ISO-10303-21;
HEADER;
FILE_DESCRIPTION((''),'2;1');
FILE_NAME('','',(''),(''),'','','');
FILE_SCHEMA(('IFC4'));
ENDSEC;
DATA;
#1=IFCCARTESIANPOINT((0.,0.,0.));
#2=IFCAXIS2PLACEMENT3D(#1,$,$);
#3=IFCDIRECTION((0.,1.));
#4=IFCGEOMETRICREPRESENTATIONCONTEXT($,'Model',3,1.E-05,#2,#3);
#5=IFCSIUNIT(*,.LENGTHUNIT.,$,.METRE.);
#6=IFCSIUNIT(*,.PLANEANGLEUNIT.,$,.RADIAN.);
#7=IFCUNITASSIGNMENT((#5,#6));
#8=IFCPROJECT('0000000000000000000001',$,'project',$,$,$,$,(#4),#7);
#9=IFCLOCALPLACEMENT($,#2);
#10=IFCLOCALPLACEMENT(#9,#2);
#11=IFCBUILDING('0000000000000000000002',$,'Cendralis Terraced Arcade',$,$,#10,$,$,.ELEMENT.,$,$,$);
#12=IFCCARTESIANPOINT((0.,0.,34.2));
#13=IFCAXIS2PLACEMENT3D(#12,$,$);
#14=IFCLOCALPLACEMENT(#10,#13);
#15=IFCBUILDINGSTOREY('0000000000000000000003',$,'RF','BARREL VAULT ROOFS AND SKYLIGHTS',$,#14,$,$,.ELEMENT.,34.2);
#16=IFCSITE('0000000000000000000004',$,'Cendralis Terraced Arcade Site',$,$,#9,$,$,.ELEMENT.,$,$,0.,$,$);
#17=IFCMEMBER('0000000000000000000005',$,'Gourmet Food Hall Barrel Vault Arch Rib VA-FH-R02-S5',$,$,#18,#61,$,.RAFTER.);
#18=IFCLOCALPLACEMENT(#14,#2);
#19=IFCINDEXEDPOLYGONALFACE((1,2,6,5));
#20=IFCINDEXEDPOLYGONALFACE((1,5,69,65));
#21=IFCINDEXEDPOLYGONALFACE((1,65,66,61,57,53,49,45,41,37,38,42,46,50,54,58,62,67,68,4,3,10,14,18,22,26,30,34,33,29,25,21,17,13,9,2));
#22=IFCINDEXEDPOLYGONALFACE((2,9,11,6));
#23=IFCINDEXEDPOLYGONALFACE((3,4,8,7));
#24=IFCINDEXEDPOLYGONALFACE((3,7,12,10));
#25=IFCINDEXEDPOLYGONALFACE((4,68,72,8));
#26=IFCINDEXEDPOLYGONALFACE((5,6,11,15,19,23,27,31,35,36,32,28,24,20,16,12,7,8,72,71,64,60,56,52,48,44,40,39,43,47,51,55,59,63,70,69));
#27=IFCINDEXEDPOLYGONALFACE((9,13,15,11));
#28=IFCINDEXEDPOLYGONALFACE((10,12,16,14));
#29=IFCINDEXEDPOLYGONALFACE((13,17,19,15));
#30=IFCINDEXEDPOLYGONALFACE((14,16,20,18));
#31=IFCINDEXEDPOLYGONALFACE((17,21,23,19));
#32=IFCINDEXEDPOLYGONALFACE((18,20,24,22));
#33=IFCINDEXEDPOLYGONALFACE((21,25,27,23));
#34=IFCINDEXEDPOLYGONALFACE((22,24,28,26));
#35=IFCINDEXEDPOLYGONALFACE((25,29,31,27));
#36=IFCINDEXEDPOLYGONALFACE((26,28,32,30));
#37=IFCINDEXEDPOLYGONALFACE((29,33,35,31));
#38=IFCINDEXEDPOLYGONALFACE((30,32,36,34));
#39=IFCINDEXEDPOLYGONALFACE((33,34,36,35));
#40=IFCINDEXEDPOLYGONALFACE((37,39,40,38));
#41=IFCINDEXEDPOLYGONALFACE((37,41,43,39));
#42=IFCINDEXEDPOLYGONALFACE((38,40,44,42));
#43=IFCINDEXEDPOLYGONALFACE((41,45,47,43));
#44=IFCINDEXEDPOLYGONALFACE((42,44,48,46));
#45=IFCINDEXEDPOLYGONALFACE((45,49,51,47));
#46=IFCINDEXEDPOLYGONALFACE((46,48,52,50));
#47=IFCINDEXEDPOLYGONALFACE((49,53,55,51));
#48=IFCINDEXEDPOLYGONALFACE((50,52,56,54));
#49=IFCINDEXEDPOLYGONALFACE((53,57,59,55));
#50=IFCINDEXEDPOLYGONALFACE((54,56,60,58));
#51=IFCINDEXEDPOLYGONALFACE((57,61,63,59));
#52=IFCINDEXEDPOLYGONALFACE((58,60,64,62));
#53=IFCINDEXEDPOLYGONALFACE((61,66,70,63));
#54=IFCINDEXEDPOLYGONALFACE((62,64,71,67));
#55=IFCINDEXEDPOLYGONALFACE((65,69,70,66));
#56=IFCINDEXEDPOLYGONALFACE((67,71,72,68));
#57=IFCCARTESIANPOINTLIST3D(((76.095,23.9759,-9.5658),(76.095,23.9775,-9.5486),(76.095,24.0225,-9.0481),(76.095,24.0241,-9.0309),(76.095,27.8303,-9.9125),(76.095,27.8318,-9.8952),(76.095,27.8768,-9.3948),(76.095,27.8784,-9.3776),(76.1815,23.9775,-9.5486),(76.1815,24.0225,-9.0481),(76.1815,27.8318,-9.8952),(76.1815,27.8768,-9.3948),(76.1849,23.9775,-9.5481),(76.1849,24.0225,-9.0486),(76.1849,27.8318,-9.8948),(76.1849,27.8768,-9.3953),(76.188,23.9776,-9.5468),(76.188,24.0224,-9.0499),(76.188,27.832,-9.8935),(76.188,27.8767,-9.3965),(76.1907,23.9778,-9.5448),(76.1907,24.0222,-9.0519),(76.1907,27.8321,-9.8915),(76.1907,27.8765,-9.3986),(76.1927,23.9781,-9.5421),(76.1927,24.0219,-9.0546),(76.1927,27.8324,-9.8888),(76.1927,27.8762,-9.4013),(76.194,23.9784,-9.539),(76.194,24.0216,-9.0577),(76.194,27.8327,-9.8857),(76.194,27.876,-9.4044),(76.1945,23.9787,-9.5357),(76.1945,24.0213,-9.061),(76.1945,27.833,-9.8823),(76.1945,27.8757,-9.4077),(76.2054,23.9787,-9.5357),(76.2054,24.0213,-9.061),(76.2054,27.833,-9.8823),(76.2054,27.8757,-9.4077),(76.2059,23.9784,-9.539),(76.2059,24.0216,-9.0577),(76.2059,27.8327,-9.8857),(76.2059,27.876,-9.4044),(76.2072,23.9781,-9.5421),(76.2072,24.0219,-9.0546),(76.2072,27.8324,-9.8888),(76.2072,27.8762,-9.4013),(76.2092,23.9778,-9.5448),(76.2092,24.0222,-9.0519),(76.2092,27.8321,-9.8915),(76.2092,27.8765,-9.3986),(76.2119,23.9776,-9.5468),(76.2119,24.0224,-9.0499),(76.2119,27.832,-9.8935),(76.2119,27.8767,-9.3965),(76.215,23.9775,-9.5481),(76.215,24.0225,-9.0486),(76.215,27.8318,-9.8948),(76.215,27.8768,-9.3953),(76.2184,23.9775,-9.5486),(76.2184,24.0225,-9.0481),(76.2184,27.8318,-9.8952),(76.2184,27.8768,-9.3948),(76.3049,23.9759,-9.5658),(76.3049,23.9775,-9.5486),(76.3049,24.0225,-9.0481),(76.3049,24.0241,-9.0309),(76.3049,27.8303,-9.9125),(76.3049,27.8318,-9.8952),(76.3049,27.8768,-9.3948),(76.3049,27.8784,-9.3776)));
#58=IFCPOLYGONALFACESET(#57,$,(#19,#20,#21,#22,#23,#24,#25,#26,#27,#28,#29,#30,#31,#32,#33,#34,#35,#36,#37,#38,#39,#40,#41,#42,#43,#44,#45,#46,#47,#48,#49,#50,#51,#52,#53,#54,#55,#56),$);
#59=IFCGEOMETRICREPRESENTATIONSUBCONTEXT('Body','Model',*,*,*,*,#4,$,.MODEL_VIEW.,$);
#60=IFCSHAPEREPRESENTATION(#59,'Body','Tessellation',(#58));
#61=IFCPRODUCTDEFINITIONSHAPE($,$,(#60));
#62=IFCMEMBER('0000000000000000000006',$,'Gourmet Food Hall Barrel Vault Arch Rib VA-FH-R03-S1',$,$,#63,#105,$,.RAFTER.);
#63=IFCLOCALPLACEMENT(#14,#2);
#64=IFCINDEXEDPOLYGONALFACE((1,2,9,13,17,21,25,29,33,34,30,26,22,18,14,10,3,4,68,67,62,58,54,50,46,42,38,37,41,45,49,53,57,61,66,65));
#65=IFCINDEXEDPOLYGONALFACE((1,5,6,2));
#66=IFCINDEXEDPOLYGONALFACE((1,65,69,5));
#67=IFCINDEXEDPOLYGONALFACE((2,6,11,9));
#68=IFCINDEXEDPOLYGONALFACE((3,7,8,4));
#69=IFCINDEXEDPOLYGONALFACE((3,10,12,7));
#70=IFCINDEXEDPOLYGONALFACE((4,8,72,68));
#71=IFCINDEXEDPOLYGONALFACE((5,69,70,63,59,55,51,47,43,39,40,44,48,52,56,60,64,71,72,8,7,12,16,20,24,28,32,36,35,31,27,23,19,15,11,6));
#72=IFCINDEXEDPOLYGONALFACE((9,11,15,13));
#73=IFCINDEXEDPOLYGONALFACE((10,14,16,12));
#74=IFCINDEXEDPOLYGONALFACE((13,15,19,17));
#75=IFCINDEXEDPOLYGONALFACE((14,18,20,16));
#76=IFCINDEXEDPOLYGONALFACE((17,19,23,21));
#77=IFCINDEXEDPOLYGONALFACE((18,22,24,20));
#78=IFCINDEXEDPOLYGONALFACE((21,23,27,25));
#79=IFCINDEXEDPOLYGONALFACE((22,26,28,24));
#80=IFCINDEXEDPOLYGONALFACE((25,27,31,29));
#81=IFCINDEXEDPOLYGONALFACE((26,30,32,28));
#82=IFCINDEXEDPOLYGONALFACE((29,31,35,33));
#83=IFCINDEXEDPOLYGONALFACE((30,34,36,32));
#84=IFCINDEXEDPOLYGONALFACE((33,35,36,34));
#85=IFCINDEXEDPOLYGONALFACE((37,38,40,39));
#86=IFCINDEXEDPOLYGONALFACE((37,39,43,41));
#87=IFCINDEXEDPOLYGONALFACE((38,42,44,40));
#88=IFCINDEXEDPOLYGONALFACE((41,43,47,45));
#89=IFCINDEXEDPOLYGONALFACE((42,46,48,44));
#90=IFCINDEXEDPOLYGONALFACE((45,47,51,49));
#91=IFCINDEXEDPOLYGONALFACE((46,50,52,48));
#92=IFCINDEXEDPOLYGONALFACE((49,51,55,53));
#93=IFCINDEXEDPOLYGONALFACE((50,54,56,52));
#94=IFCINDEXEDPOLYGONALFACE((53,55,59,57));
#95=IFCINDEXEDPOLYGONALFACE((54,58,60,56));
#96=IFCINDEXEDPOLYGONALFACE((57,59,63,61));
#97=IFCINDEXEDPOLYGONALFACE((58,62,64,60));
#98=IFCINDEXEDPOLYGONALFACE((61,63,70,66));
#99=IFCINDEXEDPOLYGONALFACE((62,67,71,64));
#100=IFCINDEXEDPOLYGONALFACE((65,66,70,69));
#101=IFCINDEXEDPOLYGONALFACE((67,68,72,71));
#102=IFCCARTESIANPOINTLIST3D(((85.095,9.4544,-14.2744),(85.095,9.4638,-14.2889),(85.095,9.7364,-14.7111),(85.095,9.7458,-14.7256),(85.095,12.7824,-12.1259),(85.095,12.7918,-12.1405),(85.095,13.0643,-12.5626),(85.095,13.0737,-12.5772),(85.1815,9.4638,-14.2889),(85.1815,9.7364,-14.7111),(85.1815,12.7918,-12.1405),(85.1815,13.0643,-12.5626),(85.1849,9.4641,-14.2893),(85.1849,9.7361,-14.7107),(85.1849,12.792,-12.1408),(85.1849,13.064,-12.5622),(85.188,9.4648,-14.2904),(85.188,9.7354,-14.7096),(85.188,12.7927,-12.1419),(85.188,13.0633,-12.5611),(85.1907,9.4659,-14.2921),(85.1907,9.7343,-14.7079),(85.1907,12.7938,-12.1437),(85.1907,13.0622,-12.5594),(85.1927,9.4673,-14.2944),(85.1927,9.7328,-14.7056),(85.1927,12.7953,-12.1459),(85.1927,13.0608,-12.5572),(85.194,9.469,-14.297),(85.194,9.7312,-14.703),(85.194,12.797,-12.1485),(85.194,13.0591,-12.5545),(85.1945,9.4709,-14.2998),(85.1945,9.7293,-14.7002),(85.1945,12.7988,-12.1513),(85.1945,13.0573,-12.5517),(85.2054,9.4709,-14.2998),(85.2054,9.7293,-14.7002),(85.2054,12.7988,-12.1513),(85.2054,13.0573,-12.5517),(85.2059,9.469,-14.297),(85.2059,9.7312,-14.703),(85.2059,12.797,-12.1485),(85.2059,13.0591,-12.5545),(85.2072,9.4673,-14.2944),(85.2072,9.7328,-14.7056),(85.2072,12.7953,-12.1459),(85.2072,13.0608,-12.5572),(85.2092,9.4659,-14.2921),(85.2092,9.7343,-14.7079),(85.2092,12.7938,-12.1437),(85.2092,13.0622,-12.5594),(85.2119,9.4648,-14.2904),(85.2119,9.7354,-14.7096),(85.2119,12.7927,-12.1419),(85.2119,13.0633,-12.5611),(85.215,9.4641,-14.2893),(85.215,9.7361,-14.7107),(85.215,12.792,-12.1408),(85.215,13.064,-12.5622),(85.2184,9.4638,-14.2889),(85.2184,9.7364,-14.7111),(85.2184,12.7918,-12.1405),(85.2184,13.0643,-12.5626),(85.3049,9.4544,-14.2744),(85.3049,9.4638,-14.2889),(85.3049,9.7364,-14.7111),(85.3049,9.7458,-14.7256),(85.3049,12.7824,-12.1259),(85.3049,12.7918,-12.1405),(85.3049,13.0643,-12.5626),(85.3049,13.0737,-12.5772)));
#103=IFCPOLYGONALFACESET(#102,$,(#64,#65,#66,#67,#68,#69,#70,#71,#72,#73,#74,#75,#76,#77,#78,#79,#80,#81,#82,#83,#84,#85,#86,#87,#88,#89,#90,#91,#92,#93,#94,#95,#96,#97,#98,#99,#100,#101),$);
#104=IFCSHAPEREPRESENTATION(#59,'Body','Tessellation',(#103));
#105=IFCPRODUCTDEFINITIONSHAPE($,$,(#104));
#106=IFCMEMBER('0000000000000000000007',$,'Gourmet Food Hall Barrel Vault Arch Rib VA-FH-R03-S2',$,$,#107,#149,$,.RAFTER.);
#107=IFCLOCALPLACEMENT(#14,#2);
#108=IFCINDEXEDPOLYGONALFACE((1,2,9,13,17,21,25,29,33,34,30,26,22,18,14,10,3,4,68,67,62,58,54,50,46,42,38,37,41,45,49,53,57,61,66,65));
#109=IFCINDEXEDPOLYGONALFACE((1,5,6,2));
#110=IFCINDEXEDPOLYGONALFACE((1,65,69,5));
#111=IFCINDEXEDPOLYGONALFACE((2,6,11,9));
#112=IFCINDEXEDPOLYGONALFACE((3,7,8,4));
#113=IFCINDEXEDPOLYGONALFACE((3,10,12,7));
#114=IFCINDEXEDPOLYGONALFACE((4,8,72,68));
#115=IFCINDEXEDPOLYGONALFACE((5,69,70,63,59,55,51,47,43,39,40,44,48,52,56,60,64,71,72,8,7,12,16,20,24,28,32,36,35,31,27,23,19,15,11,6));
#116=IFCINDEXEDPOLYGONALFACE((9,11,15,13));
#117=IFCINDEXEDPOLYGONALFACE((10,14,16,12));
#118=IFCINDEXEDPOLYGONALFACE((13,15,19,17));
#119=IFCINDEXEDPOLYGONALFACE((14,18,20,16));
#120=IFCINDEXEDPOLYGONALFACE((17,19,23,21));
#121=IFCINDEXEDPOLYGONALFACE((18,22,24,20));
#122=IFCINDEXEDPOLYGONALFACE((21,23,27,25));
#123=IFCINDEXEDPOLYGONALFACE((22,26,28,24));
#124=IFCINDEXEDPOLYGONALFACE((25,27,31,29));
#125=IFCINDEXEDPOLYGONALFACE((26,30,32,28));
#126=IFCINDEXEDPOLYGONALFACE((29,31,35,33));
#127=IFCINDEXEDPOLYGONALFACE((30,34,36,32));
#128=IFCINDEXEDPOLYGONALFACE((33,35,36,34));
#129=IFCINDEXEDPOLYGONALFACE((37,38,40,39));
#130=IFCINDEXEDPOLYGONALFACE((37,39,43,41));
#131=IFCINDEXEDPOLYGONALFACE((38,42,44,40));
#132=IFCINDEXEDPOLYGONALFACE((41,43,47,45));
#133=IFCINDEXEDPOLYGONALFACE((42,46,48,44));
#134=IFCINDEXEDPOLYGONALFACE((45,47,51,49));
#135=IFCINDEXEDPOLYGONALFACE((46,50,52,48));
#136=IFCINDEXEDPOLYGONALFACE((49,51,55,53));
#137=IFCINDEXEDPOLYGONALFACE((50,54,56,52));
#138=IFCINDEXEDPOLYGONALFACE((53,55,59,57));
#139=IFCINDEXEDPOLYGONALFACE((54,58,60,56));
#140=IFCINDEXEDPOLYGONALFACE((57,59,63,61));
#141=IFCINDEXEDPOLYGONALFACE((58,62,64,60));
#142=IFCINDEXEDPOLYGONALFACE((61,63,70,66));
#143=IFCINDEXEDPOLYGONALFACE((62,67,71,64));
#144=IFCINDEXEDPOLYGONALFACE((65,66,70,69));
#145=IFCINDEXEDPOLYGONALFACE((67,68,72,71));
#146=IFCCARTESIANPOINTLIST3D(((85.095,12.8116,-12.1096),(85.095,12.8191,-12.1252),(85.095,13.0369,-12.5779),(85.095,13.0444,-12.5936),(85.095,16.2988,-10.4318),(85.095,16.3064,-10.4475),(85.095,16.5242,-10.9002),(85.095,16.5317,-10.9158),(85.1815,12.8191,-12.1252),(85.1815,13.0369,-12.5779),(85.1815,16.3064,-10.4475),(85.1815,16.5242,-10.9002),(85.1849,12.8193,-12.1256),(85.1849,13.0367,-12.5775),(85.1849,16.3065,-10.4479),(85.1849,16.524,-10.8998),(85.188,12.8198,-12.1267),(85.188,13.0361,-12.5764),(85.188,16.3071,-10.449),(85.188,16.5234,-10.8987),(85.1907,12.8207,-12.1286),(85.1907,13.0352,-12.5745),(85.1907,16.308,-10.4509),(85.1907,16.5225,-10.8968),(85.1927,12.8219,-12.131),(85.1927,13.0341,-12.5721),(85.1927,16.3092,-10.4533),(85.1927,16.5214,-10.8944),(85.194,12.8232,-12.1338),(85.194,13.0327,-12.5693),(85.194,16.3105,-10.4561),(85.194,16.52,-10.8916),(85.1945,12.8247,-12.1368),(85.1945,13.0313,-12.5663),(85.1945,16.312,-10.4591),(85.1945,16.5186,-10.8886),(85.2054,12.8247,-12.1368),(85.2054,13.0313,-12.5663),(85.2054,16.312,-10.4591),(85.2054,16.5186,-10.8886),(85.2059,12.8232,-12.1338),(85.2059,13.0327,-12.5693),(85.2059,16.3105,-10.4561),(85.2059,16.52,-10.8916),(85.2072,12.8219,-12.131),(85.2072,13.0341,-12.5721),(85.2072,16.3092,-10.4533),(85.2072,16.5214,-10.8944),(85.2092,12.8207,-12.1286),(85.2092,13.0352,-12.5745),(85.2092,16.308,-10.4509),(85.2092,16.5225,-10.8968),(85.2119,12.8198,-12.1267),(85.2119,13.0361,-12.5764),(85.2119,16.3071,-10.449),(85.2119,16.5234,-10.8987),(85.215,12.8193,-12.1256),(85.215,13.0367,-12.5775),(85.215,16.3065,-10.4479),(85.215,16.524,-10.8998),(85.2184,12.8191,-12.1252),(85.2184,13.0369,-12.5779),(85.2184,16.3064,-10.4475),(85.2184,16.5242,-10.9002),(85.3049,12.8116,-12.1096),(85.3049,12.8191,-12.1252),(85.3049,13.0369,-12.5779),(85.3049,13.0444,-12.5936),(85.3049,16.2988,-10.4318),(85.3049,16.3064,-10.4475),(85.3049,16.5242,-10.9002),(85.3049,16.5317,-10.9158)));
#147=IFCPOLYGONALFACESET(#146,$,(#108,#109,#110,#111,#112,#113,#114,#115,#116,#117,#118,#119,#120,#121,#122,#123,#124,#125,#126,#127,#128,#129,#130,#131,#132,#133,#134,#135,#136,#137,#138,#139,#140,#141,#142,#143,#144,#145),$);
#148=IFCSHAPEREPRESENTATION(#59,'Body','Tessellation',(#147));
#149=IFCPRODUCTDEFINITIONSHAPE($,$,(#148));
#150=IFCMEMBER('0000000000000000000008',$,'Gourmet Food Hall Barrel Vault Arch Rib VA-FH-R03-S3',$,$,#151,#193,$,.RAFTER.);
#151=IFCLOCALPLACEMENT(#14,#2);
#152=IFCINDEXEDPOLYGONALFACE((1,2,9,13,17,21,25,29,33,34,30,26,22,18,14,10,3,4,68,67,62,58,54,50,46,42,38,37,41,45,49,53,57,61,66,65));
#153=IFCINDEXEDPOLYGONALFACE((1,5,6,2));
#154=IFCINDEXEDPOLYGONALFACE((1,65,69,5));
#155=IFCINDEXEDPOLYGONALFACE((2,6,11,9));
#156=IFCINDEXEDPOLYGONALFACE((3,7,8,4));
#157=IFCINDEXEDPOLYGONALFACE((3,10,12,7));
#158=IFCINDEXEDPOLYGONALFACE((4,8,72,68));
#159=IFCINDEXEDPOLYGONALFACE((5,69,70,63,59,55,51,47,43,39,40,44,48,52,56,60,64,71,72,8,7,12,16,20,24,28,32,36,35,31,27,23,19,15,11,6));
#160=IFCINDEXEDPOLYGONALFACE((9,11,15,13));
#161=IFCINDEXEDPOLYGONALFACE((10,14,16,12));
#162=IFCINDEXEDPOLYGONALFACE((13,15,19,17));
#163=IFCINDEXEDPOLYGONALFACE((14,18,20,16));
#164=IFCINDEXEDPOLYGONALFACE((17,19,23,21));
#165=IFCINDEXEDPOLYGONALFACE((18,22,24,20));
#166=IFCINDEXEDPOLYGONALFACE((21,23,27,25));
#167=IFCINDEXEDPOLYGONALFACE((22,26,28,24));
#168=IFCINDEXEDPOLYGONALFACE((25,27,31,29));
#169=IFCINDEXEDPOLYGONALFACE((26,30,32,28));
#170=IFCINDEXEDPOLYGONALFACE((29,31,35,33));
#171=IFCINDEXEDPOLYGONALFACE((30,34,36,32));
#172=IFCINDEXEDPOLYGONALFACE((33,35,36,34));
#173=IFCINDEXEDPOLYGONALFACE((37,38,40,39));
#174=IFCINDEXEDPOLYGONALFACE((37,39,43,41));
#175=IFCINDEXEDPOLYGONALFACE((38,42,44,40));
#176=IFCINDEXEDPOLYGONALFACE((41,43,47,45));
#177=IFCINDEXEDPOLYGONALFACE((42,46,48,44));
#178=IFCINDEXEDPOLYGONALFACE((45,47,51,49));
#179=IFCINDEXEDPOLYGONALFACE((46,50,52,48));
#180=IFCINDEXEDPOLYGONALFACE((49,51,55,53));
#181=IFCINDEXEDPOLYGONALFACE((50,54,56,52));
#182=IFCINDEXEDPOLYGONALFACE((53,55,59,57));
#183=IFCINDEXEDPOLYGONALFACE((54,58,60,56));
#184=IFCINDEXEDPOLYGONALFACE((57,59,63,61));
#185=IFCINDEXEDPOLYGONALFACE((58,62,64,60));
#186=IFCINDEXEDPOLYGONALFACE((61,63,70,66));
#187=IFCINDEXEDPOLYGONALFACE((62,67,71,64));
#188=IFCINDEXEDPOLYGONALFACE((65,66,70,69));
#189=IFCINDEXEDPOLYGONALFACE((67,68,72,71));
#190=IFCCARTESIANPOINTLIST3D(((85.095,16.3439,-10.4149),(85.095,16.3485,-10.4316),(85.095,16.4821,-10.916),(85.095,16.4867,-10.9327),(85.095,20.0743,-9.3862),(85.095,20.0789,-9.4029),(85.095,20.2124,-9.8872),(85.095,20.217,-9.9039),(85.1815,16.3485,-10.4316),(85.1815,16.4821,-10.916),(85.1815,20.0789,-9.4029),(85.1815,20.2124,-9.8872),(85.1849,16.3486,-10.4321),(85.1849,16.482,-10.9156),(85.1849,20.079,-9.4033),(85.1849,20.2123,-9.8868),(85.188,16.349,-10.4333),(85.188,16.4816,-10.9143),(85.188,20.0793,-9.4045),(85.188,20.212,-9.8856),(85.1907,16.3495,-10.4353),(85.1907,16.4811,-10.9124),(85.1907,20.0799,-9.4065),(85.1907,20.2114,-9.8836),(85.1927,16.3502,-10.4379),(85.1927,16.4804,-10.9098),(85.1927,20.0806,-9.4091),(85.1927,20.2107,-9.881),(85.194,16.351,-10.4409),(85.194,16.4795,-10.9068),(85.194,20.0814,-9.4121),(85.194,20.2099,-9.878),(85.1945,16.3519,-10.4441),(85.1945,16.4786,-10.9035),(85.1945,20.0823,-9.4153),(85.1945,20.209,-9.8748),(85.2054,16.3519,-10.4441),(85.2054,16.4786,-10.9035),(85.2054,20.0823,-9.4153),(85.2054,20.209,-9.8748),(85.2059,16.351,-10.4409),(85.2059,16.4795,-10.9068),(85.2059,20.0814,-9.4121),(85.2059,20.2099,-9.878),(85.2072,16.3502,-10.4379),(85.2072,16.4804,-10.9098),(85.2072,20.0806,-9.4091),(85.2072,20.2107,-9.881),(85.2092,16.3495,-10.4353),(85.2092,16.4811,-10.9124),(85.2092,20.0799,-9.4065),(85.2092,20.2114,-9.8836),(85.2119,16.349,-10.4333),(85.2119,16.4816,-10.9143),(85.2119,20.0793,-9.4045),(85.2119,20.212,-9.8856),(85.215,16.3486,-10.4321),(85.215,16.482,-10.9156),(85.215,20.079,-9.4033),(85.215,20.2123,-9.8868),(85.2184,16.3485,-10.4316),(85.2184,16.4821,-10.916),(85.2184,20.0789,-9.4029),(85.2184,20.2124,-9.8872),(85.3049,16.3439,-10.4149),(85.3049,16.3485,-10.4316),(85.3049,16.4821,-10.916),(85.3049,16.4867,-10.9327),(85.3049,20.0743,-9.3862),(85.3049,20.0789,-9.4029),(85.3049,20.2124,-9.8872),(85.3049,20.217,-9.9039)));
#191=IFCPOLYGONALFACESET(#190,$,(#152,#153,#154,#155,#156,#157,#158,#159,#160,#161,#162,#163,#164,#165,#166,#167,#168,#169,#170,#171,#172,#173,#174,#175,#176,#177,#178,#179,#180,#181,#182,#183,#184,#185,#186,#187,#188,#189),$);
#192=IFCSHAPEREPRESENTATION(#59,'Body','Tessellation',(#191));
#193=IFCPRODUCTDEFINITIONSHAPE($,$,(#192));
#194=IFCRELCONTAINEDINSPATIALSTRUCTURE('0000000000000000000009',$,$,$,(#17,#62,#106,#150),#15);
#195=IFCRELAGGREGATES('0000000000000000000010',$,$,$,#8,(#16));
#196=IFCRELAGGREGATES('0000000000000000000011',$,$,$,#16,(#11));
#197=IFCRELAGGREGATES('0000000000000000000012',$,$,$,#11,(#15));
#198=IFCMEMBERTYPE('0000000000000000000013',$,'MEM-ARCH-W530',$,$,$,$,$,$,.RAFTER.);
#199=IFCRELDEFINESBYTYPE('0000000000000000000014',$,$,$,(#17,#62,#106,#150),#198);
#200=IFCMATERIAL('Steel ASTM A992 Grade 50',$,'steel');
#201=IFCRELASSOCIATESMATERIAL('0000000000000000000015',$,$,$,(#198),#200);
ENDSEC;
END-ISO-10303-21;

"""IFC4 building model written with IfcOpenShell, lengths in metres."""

from ifc_helpers import new_model, si_unit, direction, frame, origin, origin_2d, place, context, subcontext, project, spatial, i_section, extrude, material, material_profile, profile_set, type_object, element, save


model = new_model("IFC4")

# Units and contexts
model_context = context("Model", 3, precision=1e-05, world=origin(), true_north=direction((0.0, 1.0)))
body_context = subcontext(model_context, "Body", "Model", "MODEL_VIEW")
ifc_project = project(units=[si_unit("LENGTHUNIT", "METRE"), si_unit("PLANEANGLEUNIT", "RADIAN")], contexts=[model_context])

# Site, building, storey
site_placement = place(None, origin())
site = spatial("IfcSite", under=ifc_project, at=site_placement, Name="Cendralis Terraced Arcade Site", CompositionType="ELEMENT", RefElevation=0.0)
building_placement = place(site_placement, origin())
building = spatial("IfcBuilding", under=site, at=building_placement, Name="Cendralis Terraced Arcade", CompositionType="ELEMENT")
storey_placement = place(building_placement, frame((0.0, 0.0, 34.2)))
storey = spatial("IfcBuildingStorey", under=building, at=storey_placement, Name="RF", Description="BARREL VAULT ROOFS AND SKYLIGHTS", CompositionType="ELEMENT", Elevation=34.2)

# Members
ifc_material_1 = material(Name="Steel ASTM A992 Grade 50", Category="steel")
ifc_material_profile_1 = material_profile(ifc_material_1, i_section(OverallWidth=0.21, OverallDepth=0.5371, WebThickness=0.011, FlangeThickness=0.0173, FilletRadius=0.0129, at=origin_2d()), Name="W530X101", Category="LoadBearing")
ifc_profile_set_1 = profile_set([ifc_material_profile_1], Name="Steel ASTM A992 Grade 50")
member_type_1 = type_object("IfcMemberType", Name="MEM-ARCH-W530", PredefinedType="RAFTER", material=ifc_profile_set_1)
for number, where, z_axis, x_axis, name in (
    (1, (76.2, 24.0, -9.2983), (0.0, 0.995979, -0.089586), (-1.0, 0.0, 0.0), "Gourmet Food Hall Barrel Vault Arch Rib VA-FH-R02-S5"),
):
    element("IfcMember", number, at=place(storey_placement, frame(where, z_axis=z_axis, x_axis=x_axis)), inside=storey, type_object=member_type_1, Name=name, PredefinedType="RAFTER", context=body_context, shape_type="SweptSolid", body=[
        extrude(i_section(OverallWidth=0.21, OverallDepth=0.5371, WebThickness=0.011, FlangeThickness=0.0173, FilletRadius=0.0129, at=origin_2d()), origin(), (0.0, 0.0, 1.0), 3.8699),
    ])
member_1_placement = place(storey_placement, frame((85.2, 9.6001, -14.5), z_axis=(0.0, 0.840134, 0.54238), x_axis=(-1.0, 0.0, 0.0)))
element("IfcMember", 2, at=member_1_placement, inside=storey, type_object=member_type_1, Name="Gourmet Food Hall Barrel Vault Arch Rib VA-FH-R03-S1", PredefinedType="RAFTER", context=body_context, shape_type="SweptSolid", body=[
    extrude(i_section(OverallWidth=0.21, OverallDepth=0.5371, WebThickness=0.011, FlangeThickness=0.0173, FilletRadius=0.0129, at=origin_2d()), origin(), (0.0, 0.0, 1.0), 3.9612),
])
member_2_placement = place(storey_placement, frame((85.2, 12.928, -12.3516), z_axis=(0.0, 0.901137, 0.433535), x_axis=(-1.0, 0.0, 0.0)))
element("IfcMember", 3, at=member_2_placement, inside=storey, type_object=member_type_1, Name="Gourmet Food Hall Barrel Vault Arch Rib VA-FH-R03-S2", PredefinedType="RAFTER", context=body_context, shape_type="SweptSolid", body=[
    extrude(i_section(OverallWidth=0.21, OverallDepth=0.5371, WebThickness=0.011, FlangeThickness=0.0173, FilletRadius=0.0129, at=origin_2d()), origin(), (0.0, 0.0, 1.0), 3.8699),
])
member_3_placement = place(storey_placement, frame((85.2, 16.4153, -10.6738), z_axis=(0.0, 0.964012, 0.26586), x_axis=(-1.0, 0.0, 0.0)))
element("IfcMember", 4, at=member_3_placement, inside=storey, type_object=member_type_1, Name="Gourmet Food Hall Barrel Vault Arch Rib VA-FH-R03-S3", PredefinedType="RAFTER", context=body_context, shape_type="SweptSolid", body=[
    extrude(i_section(OverallWidth=0.21, OverallDepth=0.5371, WebThickness=0.011, FlangeThickness=0.0173, FilletRadius=0.0129, at=origin_2d()), origin(), (0.0, 0.0, 1.0), 3.8696),
])

save(model, "model.ifc")
